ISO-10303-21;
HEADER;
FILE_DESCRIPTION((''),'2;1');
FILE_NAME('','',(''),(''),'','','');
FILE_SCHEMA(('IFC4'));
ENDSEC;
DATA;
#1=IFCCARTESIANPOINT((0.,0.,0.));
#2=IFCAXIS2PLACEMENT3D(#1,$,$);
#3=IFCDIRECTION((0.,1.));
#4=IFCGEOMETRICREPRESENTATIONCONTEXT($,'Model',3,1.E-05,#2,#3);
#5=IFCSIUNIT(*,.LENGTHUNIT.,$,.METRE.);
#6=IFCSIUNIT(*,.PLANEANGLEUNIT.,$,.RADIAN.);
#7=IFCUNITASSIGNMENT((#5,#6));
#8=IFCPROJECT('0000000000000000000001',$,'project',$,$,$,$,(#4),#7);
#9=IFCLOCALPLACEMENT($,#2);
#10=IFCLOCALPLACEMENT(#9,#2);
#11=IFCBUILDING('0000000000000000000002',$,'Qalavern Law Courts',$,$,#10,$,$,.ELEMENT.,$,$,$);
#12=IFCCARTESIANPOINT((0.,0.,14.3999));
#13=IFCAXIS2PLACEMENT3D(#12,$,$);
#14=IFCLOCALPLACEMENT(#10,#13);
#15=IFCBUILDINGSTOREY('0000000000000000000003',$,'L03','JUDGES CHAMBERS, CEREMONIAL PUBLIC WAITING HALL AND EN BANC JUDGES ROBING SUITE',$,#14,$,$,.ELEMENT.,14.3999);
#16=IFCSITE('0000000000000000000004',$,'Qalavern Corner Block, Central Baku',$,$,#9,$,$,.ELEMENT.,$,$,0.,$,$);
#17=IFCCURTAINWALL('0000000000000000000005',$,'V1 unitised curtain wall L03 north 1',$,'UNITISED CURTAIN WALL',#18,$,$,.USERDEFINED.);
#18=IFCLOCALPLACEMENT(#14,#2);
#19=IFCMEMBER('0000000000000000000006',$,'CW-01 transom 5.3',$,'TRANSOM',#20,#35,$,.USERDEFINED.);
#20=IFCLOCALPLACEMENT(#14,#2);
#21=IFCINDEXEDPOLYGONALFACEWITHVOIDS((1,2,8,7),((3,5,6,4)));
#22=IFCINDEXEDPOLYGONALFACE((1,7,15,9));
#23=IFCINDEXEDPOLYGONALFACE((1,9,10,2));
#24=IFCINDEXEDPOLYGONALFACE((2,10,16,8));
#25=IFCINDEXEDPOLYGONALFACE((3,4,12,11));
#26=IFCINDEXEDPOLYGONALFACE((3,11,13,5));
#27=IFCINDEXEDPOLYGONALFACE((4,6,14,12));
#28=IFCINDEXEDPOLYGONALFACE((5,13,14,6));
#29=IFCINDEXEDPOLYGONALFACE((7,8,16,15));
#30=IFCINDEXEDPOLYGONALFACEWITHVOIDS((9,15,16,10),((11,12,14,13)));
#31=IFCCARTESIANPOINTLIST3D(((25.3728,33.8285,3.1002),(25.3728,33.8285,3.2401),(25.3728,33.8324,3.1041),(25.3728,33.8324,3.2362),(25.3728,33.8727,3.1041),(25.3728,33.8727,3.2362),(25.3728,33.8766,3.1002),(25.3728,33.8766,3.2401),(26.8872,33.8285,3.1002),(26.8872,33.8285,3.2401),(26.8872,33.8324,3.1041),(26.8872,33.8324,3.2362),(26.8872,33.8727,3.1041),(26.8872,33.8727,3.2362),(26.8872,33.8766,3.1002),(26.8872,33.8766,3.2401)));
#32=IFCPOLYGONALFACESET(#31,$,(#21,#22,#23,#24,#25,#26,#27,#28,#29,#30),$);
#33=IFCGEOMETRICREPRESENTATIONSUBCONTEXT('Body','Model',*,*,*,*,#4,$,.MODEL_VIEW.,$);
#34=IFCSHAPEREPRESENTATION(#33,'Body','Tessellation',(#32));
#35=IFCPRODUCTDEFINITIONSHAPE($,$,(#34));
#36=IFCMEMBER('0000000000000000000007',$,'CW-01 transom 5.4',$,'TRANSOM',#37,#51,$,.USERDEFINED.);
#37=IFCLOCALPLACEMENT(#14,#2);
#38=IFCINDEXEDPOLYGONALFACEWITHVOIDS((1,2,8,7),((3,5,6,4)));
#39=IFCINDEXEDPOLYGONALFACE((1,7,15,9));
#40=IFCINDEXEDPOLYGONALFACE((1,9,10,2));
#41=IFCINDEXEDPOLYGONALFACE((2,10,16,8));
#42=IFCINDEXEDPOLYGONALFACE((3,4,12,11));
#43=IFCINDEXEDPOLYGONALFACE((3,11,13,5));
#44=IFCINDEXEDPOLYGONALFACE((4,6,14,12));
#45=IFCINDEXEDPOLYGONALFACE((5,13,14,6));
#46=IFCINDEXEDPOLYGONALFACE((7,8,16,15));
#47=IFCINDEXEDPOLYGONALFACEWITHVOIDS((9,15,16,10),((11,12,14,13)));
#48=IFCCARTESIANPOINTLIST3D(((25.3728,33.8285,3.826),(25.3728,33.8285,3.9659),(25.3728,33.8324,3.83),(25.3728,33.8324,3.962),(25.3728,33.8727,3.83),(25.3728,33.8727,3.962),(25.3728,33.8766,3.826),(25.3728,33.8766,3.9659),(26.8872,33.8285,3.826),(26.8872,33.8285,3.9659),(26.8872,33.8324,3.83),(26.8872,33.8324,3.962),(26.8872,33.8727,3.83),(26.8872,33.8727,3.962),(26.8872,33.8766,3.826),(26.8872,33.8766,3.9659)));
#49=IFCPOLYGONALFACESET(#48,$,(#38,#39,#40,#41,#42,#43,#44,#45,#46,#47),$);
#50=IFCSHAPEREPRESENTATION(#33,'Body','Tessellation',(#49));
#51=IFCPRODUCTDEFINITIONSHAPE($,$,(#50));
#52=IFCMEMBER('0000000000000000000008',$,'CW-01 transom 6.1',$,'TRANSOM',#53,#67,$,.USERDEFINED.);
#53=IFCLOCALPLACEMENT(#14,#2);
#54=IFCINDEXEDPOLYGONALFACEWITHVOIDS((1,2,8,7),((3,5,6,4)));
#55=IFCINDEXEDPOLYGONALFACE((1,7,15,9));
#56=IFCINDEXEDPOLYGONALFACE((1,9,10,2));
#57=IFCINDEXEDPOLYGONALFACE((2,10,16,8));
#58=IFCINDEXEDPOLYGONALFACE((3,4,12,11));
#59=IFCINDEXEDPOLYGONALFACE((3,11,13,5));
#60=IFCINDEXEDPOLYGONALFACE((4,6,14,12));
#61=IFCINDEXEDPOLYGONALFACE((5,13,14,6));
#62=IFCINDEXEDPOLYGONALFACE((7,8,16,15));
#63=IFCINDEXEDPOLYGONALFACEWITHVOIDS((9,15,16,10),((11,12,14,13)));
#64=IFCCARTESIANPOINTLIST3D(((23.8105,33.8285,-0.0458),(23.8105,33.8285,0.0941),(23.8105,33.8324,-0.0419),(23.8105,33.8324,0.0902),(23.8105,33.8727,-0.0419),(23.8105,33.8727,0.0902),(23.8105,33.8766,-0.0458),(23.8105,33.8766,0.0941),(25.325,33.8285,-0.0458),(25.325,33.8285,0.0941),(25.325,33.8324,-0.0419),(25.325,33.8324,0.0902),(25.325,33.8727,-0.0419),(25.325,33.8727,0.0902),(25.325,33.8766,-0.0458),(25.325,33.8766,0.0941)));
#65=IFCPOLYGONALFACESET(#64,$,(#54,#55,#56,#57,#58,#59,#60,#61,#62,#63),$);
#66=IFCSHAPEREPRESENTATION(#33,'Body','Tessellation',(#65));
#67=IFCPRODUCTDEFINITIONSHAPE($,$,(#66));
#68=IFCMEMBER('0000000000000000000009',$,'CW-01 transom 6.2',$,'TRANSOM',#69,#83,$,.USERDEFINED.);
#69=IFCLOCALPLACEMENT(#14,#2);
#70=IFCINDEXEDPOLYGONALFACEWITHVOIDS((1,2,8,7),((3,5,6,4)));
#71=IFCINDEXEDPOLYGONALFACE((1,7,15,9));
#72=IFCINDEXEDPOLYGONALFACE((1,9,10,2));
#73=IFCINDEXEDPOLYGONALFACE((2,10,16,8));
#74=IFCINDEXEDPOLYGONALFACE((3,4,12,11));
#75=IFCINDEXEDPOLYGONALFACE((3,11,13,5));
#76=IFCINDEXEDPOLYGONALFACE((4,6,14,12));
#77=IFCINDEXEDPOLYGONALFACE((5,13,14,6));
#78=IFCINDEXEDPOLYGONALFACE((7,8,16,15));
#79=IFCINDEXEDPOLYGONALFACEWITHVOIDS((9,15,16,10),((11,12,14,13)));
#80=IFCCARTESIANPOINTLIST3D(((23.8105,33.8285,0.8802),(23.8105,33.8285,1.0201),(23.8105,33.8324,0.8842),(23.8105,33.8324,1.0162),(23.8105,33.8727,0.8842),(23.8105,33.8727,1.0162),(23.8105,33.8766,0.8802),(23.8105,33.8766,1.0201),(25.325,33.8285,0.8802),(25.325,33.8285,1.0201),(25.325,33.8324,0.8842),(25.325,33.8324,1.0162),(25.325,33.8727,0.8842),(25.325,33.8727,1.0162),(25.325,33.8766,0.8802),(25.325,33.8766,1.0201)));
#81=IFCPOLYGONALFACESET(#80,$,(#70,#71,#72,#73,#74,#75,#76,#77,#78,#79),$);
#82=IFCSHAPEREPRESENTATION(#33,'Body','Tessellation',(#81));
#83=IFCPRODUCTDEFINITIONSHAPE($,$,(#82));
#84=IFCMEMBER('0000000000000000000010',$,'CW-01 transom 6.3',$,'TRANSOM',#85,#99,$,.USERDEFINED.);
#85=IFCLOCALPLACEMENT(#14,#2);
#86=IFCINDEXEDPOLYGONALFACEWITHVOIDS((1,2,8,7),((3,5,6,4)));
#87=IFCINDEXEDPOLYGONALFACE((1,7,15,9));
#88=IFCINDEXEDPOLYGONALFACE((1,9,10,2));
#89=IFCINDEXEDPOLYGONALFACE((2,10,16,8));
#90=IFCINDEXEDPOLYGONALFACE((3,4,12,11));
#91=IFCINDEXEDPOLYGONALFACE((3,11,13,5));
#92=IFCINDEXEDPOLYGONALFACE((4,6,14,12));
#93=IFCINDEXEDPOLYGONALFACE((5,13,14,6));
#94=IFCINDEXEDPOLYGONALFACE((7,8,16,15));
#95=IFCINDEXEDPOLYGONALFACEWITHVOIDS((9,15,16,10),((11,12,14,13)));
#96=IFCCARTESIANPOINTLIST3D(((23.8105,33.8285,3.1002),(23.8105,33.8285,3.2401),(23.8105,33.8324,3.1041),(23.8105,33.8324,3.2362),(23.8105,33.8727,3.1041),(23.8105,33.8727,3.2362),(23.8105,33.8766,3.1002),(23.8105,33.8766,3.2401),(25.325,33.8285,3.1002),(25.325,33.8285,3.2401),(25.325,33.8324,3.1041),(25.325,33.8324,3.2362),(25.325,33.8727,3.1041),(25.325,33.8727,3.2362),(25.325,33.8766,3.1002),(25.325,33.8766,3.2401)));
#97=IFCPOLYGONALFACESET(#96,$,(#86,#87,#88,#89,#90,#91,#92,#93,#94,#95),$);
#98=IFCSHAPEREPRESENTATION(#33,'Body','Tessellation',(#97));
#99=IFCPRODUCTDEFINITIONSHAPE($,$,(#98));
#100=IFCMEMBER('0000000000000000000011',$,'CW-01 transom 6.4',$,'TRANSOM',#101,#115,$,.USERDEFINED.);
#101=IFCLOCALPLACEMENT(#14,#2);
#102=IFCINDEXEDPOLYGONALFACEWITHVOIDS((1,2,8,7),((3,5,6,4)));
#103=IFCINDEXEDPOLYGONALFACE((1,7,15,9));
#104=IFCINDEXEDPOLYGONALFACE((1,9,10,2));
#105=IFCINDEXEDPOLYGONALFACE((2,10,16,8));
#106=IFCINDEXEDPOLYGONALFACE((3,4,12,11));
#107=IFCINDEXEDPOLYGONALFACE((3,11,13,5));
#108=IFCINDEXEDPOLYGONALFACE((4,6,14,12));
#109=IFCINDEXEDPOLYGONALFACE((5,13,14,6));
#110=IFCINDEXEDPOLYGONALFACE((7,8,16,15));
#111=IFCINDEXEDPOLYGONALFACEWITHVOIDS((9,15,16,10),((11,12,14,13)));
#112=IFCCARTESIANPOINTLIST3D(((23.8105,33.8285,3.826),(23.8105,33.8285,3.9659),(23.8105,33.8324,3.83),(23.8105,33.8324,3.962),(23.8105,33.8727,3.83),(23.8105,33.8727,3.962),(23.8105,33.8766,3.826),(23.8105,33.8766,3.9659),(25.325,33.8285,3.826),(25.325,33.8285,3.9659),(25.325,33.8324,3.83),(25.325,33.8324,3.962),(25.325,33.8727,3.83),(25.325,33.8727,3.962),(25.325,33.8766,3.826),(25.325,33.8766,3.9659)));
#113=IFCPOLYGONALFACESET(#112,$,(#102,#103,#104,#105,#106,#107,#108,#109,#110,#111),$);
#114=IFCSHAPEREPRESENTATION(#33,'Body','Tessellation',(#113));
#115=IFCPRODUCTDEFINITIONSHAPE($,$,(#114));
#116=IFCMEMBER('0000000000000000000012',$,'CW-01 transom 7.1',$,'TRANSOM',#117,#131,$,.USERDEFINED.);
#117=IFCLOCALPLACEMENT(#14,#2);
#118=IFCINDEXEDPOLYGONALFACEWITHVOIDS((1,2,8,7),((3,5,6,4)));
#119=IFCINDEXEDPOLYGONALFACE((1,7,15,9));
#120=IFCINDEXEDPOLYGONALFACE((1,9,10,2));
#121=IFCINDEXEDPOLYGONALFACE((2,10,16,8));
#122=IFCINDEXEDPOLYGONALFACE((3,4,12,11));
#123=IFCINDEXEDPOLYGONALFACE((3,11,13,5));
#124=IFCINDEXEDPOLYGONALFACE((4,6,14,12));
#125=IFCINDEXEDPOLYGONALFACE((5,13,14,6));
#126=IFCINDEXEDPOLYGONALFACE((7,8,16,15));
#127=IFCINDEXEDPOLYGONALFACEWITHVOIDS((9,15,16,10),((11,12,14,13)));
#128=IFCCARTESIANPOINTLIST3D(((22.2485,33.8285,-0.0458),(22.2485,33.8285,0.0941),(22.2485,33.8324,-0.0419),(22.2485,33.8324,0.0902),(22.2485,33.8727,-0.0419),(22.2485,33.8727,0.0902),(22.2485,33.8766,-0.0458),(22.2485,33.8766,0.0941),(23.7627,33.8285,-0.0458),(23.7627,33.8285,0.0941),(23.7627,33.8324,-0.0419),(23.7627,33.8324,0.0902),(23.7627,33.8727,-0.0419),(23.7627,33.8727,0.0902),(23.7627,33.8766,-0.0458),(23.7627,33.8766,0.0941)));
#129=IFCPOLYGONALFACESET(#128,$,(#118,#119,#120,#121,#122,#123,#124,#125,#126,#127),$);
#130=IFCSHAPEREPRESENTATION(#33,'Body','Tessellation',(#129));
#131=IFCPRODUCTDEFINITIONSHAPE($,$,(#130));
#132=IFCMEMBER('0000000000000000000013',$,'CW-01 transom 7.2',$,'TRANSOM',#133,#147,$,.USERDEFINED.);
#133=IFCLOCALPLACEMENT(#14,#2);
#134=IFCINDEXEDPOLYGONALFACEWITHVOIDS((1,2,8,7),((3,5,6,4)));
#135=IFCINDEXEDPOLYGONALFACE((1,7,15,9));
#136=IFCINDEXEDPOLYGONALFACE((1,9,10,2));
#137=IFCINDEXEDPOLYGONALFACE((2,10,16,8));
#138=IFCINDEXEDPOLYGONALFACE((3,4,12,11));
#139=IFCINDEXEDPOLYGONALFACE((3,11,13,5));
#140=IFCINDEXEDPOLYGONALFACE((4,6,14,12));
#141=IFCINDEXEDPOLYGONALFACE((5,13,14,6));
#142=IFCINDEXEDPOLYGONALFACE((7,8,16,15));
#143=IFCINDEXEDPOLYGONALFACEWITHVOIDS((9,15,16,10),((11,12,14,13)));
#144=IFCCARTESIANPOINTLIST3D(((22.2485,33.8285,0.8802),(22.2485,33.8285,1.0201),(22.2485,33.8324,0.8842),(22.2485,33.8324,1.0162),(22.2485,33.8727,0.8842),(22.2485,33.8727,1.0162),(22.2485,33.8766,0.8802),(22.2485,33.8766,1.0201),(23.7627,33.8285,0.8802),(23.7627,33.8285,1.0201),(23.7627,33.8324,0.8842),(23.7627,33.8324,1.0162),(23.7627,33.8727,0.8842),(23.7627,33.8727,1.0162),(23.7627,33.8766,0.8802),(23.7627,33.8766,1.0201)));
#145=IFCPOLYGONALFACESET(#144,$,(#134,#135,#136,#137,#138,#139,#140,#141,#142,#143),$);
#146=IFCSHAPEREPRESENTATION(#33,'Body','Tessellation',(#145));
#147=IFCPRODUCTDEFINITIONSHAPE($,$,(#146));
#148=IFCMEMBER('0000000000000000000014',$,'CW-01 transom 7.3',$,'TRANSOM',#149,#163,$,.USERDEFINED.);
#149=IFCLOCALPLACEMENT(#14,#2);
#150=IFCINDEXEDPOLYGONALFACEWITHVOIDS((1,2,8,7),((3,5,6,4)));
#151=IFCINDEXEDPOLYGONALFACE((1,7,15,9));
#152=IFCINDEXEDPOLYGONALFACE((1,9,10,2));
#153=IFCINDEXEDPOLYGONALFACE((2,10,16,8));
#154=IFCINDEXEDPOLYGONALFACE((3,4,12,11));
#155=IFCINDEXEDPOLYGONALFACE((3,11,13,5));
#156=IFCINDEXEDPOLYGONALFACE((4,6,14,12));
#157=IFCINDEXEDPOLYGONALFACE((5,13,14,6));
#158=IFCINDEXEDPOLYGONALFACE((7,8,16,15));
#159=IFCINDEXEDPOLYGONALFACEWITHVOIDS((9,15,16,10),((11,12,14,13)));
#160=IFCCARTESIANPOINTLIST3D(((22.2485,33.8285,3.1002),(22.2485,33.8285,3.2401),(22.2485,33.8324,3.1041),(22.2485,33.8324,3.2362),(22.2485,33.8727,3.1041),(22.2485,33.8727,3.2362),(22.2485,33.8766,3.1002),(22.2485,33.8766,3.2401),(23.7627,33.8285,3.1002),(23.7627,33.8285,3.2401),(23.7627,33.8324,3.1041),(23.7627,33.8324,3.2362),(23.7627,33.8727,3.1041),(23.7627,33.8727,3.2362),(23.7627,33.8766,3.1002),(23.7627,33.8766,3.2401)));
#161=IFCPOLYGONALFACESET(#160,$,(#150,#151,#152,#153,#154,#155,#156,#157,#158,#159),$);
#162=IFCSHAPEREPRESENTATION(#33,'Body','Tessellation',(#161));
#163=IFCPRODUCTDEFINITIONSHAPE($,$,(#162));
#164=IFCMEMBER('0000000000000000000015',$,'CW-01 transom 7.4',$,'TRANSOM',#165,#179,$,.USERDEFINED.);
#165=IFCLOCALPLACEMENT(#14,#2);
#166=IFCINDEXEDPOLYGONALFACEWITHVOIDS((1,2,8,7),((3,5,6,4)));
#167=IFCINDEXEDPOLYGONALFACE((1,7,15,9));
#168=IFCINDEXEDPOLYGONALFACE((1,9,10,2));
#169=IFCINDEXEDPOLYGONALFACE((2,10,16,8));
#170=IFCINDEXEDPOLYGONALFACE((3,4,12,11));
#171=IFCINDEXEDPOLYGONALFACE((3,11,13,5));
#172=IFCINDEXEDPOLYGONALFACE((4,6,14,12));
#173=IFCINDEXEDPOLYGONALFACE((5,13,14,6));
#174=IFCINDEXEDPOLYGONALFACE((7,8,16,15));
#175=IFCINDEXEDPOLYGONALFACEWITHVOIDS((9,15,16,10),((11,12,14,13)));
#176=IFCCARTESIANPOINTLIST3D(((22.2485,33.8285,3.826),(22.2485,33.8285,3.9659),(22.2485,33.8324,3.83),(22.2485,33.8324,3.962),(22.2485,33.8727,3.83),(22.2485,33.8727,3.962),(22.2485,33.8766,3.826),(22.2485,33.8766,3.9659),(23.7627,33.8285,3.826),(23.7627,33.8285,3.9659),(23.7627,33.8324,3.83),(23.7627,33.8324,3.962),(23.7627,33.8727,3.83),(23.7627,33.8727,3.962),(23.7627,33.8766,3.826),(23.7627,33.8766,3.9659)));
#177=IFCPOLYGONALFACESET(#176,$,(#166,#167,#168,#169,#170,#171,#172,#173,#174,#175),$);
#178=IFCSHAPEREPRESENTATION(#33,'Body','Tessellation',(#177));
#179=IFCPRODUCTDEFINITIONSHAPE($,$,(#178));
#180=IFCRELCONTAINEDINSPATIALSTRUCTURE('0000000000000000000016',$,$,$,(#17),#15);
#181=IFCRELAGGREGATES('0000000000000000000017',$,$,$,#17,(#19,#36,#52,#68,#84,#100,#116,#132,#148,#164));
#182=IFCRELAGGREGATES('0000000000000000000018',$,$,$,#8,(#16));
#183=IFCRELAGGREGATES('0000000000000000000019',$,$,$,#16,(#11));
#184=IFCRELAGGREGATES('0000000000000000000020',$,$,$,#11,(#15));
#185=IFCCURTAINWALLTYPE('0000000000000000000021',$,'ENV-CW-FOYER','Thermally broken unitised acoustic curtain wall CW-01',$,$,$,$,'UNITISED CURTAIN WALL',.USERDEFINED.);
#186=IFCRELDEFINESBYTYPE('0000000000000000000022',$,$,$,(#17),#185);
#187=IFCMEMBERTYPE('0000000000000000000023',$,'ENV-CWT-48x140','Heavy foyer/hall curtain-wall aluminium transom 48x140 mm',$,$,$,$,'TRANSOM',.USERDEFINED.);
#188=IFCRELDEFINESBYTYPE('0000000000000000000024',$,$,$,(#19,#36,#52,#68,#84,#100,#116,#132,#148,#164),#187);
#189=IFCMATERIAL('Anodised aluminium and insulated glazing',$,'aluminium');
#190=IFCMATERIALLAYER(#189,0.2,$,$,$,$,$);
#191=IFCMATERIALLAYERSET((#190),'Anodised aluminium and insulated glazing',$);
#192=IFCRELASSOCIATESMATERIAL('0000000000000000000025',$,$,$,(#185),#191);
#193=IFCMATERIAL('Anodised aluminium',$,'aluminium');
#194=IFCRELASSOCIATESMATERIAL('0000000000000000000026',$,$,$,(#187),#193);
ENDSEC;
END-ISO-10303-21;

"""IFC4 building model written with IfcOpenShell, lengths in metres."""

from ifc_helpers import new_model, si_unit, direction, frame, origin, origin_2d, place, context, subcontext, project, spatial, hollow_rectangle, extrude, material, layer, layer_set, material_profile, profile_set, type_object, element, aggregate, save


model = new_model("IFC4")

# Units and contexts
model_context = context("Model", 3, precision=1e-05, world=origin(), true_north=direction((0.0, 1.0)))
body_context = subcontext(model_context, "Body", "Model", "MODEL_VIEW")
ifc_project = project(units=[si_unit("LENGTHUNIT", "METRE"), si_unit("PLANEANGLEUNIT", "RADIAN")], contexts=[model_context])

# Site, building, storey
site_placement = place(None, origin())
site = spatial("IfcSite", under=ifc_project, at=site_placement, Name="Qalavern Corner Block, Central Baku", CompositionType="ELEMENT", RefElevation=0.0)
building_placement = place(site_placement, origin())
building = spatial("IfcBuilding", under=site, at=building_placement, Name="Qalavern Law Courts", CompositionType="ELEMENT")
storey_placement = place(building_placement, frame((0.0, 0.0, 14.3999)))
storey = spatial("IfcBuildingStorey", under=building, at=storey_placement, Name="L03", Description="JUDGES CHAMBERS, CEREMONIAL PUBLIC WAITING HALL AND EN BANC JUDGES ROBING SUITE", CompositionType="ELEMENT", Elevation=14.3999)

# Curtain wall, members
ifc_material_1 = material(Name="Anodised aluminium and insulated glazing", Category="aluminium")
ifc_layer_1 = layer(ifc_material_1, 0.2)
ifc_layer_set_1 = layer_set([ifc_layer_1], Name="Anodised aluminium and insulated glazing")
curtain_wall_type = type_object("IfcCurtainWallType", Name="ENV-CW-FOYER", Description="Thermally broken unitised acoustic curtain wall CW-01", ElementType="UNITISED CURTAIN WALL", PredefinedType="USERDEFINED", material=ifc_layer_set_1)
curtain_wall_placement = place(storey_placement, origin())
curtain_wall = element("IfcCurtainWall", 1, at=curtain_wall_placement, inside=storey, type_object=curtain_wall_type, Name="V1 unitised curtain wall L03 north 1", ObjectType="UNITISED CURTAIN WALL", PredefinedType="USERDEFINED")
ifc_material_2 = material(Name="Anodised aluminium", Category="aluminium")
ifc_material_profile_1 = material_profile(ifc_material_2, hollow_rectangle(XDim=0.0481, YDim=0.1399, WallThickness=0.0039, at=origin_2d()), Name="ALU TRANSOM 48x140")
ifc_profile_set_1 = profile_set([ifc_material_profile_1], Name="Anodised aluminium")
member_type_1 = type_object("IfcMemberType", Name="ENV-CWT-48x140", Description="Heavy foyer/hall curtain-wall aluminium transom 48x140 mm", ElementType="TRANSOM", PredefinedType="USERDEFINED", material=ifc_profile_set_1)
member_1_placement = place(storey_placement, frame((26.8872, 33.8525, 3.1702), z_axis=(-1.0, 0.0, 0.0), x_axis=(0.0, -1.0, 0.0)))
member_1 = element("IfcMember", 2, at=member_1_placement, type_object=member_type_1, Name="CW-01 transom 5.3", ObjectType="TRANSOM", PredefinedType="USERDEFINED", context=body_context, shape_type="SweptSolid", body=[
    extrude(hollow_rectangle(XDim=0.0481, YDim=0.1399, WallThickness=0.0039, at=origin_2d()), origin(), (0.0, 0.0, 1.0), 1.5144),
])
member_2_placement = place(storey_placement, frame((26.8872, 33.8525, 3.896), z_axis=(-1.0, 0.0, 0.0), x_axis=(0.0, -1.0, 0.0)))
member_2 = element("IfcMember", 3, at=member_2_placement, type_object=member_type_1, Name="CW-01 transom 5.4", ObjectType="TRANSOM", PredefinedType="USERDEFINED", context=body_context, shape_type="SweptSolid", body=[
    extrude(hollow_rectangle(XDim=0.0481, YDim=0.1399, WallThickness=0.0039, at=origin_2d()), origin(), (0.0, 0.0, 1.0), 1.5144),
])
member_3_placement = place(storey_placement, frame((25.325, 33.8525, 0.0242), z_axis=(-1.0, 0.0, 0.0), x_axis=(0.0, -1.0, 0.0)))
member_3 = element("IfcMember", 4, at=member_3_placement, type_object=member_type_1, Name="CW-01 transom 6.1", ObjectType="TRANSOM", PredefinedType="USERDEFINED", context=body_context, shape_type="SweptSolid", body=[
    extrude(hollow_rectangle(XDim=0.0481, YDim=0.1399, WallThickness=0.0039, at=origin_2d()), origin(), (0.0, 0.0, 1.0), 1.5144),
])
member_4_placement = place(storey_placement, frame((25.325, 33.8525, 0.9502), z_axis=(-1.0, 0.0, 0.0), x_axis=(0.0, -1.0, 0.0)))
member_4 = element("IfcMember", 5, at=member_4_placement, type_object=member_type_1, Name="CW-01 transom 6.2", ObjectType="TRANSOM", PredefinedType="USERDEFINED", context=body_context, shape_type="SweptSolid", body=[
    extrude(hollow_rectangle(XDim=0.0481, YDim=0.1399, WallThickness=0.0039, at=origin_2d()), origin(), (0.0, 0.0, 1.0), 1.5144),
])
member_5_placement = place(storey_placement, frame((25.325, 33.8525, 3.1702), z_axis=(-1.0, 0.0, 0.0), x_axis=(0.0, -1.0, 0.0)))
member_5 = element("IfcMember", 6, at=member_5_placement, type_object=member_type_1, Name="CW-01 transom 6.3", ObjectType="TRANSOM", PredefinedType="USERDEFINED", context=body_context, shape_type="SweptSolid", body=[
    extrude(hollow_rectangle(XDim=0.0481, YDim=0.1399, WallThickness=0.0039, at=origin_2d()), origin(), (0.0, 0.0, 1.0), 1.5144),
])
member_6_placement = place(storey_placement, frame((25.325, 33.8525, 3.896), z_axis=(-1.0, 0.0, 0.0), x_axis=(0.0, -1.0, 0.0)))
member_6 = element("IfcMember", 7, at=member_6_placement, type_object=member_type_1, Name="CW-01 transom 6.4", ObjectType="TRANSOM", PredefinedType="USERDEFINED", context=body_context, shape_type="SweptSolid", body=[
    extrude(hollow_rectangle(XDim=0.0481, YDim=0.1399, WallThickness=0.0039, at=origin_2d()), origin(), (0.0, 0.0, 1.0), 1.5144),
])
member_7_placement = place(storey_placement, frame((23.7627, 33.8525, 0.0242), z_axis=(-1.0, 0.0, 0.0), x_axis=(0.0, -1.0, 0.0)))
member_7 = element("IfcMember", 8, at=member_7_placement, type_object=member_type_1, Name="CW-01 transom 7.1", ObjectType="TRANSOM", PredefinedType="USERDEFINED", context=body_context, shape_type="SweptSolid", body=[
    extrude(hollow_rectangle(XDim=0.0481, YDim=0.1399, WallThickness=0.0039, at=origin_2d()), origin(), (0.0, 0.0, 1.0), 1.5142),
])
member_8_placement = place(storey_placement, frame((23.7627, 33.8525, 0.9502), z_axis=(-1.0, 0.0, 0.0), x_axis=(0.0, -1.0, 0.0)))
member_8 = element("IfcMember", 9, at=member_8_placement, type_object=member_type_1, Name="CW-01 transom 7.2", ObjectType="TRANSOM", PredefinedType="USERDEFINED", context=body_context, shape_type="SweptSolid", body=[
    extrude(hollow_rectangle(XDim=0.0481, YDim=0.1399, WallThickness=0.0039, at=origin_2d()), origin(), (0.0, 0.0, 1.0), 1.5142),
])
member_9_placement = place(storey_placement, frame((23.7627, 33.8525, 3.1702), z_axis=(-1.0, 0.0, 0.0), x_axis=(0.0, -1.0, 0.0)))
member_9 = element("IfcMember", 10, at=member_9_placement, type_object=member_type_1, Name="CW-01 transom 7.3", ObjectType="TRANSOM", PredefinedType="USERDEFINED", context=body_context, shape_type="SweptSolid", body=[
    extrude(hollow_rectangle(XDim=0.0481, YDim=0.1399, WallThickness=0.0039, at=origin_2d()), origin(), (0.0, 0.0, 1.0), 1.5142),
])
member_10_placement = place(storey_placement, frame((23.7627, 33.8525, 3.896), z_axis=(-1.0, 0.0, 0.0), x_axis=(0.0, -1.0, 0.0)))
member_10 = element("IfcMember", 11, at=member_10_placement, type_object=member_type_1, Name="CW-01 transom 7.4", ObjectType="TRANSOM", PredefinedType="USERDEFINED", context=body_context, shape_type="SweptSolid", body=[
    extrude(hollow_rectangle(XDim=0.0481, YDim=0.1399, WallThickness=0.0039, at=origin_2d()), origin(), (0.0, 0.0, 1.0), 1.5142),
])

aggregate(curtain_wall, [member_1, member_2, member_3, member_4, member_5, member_6, member_7, member_8, member_9, member_10])

save(model, "model.ifc")
